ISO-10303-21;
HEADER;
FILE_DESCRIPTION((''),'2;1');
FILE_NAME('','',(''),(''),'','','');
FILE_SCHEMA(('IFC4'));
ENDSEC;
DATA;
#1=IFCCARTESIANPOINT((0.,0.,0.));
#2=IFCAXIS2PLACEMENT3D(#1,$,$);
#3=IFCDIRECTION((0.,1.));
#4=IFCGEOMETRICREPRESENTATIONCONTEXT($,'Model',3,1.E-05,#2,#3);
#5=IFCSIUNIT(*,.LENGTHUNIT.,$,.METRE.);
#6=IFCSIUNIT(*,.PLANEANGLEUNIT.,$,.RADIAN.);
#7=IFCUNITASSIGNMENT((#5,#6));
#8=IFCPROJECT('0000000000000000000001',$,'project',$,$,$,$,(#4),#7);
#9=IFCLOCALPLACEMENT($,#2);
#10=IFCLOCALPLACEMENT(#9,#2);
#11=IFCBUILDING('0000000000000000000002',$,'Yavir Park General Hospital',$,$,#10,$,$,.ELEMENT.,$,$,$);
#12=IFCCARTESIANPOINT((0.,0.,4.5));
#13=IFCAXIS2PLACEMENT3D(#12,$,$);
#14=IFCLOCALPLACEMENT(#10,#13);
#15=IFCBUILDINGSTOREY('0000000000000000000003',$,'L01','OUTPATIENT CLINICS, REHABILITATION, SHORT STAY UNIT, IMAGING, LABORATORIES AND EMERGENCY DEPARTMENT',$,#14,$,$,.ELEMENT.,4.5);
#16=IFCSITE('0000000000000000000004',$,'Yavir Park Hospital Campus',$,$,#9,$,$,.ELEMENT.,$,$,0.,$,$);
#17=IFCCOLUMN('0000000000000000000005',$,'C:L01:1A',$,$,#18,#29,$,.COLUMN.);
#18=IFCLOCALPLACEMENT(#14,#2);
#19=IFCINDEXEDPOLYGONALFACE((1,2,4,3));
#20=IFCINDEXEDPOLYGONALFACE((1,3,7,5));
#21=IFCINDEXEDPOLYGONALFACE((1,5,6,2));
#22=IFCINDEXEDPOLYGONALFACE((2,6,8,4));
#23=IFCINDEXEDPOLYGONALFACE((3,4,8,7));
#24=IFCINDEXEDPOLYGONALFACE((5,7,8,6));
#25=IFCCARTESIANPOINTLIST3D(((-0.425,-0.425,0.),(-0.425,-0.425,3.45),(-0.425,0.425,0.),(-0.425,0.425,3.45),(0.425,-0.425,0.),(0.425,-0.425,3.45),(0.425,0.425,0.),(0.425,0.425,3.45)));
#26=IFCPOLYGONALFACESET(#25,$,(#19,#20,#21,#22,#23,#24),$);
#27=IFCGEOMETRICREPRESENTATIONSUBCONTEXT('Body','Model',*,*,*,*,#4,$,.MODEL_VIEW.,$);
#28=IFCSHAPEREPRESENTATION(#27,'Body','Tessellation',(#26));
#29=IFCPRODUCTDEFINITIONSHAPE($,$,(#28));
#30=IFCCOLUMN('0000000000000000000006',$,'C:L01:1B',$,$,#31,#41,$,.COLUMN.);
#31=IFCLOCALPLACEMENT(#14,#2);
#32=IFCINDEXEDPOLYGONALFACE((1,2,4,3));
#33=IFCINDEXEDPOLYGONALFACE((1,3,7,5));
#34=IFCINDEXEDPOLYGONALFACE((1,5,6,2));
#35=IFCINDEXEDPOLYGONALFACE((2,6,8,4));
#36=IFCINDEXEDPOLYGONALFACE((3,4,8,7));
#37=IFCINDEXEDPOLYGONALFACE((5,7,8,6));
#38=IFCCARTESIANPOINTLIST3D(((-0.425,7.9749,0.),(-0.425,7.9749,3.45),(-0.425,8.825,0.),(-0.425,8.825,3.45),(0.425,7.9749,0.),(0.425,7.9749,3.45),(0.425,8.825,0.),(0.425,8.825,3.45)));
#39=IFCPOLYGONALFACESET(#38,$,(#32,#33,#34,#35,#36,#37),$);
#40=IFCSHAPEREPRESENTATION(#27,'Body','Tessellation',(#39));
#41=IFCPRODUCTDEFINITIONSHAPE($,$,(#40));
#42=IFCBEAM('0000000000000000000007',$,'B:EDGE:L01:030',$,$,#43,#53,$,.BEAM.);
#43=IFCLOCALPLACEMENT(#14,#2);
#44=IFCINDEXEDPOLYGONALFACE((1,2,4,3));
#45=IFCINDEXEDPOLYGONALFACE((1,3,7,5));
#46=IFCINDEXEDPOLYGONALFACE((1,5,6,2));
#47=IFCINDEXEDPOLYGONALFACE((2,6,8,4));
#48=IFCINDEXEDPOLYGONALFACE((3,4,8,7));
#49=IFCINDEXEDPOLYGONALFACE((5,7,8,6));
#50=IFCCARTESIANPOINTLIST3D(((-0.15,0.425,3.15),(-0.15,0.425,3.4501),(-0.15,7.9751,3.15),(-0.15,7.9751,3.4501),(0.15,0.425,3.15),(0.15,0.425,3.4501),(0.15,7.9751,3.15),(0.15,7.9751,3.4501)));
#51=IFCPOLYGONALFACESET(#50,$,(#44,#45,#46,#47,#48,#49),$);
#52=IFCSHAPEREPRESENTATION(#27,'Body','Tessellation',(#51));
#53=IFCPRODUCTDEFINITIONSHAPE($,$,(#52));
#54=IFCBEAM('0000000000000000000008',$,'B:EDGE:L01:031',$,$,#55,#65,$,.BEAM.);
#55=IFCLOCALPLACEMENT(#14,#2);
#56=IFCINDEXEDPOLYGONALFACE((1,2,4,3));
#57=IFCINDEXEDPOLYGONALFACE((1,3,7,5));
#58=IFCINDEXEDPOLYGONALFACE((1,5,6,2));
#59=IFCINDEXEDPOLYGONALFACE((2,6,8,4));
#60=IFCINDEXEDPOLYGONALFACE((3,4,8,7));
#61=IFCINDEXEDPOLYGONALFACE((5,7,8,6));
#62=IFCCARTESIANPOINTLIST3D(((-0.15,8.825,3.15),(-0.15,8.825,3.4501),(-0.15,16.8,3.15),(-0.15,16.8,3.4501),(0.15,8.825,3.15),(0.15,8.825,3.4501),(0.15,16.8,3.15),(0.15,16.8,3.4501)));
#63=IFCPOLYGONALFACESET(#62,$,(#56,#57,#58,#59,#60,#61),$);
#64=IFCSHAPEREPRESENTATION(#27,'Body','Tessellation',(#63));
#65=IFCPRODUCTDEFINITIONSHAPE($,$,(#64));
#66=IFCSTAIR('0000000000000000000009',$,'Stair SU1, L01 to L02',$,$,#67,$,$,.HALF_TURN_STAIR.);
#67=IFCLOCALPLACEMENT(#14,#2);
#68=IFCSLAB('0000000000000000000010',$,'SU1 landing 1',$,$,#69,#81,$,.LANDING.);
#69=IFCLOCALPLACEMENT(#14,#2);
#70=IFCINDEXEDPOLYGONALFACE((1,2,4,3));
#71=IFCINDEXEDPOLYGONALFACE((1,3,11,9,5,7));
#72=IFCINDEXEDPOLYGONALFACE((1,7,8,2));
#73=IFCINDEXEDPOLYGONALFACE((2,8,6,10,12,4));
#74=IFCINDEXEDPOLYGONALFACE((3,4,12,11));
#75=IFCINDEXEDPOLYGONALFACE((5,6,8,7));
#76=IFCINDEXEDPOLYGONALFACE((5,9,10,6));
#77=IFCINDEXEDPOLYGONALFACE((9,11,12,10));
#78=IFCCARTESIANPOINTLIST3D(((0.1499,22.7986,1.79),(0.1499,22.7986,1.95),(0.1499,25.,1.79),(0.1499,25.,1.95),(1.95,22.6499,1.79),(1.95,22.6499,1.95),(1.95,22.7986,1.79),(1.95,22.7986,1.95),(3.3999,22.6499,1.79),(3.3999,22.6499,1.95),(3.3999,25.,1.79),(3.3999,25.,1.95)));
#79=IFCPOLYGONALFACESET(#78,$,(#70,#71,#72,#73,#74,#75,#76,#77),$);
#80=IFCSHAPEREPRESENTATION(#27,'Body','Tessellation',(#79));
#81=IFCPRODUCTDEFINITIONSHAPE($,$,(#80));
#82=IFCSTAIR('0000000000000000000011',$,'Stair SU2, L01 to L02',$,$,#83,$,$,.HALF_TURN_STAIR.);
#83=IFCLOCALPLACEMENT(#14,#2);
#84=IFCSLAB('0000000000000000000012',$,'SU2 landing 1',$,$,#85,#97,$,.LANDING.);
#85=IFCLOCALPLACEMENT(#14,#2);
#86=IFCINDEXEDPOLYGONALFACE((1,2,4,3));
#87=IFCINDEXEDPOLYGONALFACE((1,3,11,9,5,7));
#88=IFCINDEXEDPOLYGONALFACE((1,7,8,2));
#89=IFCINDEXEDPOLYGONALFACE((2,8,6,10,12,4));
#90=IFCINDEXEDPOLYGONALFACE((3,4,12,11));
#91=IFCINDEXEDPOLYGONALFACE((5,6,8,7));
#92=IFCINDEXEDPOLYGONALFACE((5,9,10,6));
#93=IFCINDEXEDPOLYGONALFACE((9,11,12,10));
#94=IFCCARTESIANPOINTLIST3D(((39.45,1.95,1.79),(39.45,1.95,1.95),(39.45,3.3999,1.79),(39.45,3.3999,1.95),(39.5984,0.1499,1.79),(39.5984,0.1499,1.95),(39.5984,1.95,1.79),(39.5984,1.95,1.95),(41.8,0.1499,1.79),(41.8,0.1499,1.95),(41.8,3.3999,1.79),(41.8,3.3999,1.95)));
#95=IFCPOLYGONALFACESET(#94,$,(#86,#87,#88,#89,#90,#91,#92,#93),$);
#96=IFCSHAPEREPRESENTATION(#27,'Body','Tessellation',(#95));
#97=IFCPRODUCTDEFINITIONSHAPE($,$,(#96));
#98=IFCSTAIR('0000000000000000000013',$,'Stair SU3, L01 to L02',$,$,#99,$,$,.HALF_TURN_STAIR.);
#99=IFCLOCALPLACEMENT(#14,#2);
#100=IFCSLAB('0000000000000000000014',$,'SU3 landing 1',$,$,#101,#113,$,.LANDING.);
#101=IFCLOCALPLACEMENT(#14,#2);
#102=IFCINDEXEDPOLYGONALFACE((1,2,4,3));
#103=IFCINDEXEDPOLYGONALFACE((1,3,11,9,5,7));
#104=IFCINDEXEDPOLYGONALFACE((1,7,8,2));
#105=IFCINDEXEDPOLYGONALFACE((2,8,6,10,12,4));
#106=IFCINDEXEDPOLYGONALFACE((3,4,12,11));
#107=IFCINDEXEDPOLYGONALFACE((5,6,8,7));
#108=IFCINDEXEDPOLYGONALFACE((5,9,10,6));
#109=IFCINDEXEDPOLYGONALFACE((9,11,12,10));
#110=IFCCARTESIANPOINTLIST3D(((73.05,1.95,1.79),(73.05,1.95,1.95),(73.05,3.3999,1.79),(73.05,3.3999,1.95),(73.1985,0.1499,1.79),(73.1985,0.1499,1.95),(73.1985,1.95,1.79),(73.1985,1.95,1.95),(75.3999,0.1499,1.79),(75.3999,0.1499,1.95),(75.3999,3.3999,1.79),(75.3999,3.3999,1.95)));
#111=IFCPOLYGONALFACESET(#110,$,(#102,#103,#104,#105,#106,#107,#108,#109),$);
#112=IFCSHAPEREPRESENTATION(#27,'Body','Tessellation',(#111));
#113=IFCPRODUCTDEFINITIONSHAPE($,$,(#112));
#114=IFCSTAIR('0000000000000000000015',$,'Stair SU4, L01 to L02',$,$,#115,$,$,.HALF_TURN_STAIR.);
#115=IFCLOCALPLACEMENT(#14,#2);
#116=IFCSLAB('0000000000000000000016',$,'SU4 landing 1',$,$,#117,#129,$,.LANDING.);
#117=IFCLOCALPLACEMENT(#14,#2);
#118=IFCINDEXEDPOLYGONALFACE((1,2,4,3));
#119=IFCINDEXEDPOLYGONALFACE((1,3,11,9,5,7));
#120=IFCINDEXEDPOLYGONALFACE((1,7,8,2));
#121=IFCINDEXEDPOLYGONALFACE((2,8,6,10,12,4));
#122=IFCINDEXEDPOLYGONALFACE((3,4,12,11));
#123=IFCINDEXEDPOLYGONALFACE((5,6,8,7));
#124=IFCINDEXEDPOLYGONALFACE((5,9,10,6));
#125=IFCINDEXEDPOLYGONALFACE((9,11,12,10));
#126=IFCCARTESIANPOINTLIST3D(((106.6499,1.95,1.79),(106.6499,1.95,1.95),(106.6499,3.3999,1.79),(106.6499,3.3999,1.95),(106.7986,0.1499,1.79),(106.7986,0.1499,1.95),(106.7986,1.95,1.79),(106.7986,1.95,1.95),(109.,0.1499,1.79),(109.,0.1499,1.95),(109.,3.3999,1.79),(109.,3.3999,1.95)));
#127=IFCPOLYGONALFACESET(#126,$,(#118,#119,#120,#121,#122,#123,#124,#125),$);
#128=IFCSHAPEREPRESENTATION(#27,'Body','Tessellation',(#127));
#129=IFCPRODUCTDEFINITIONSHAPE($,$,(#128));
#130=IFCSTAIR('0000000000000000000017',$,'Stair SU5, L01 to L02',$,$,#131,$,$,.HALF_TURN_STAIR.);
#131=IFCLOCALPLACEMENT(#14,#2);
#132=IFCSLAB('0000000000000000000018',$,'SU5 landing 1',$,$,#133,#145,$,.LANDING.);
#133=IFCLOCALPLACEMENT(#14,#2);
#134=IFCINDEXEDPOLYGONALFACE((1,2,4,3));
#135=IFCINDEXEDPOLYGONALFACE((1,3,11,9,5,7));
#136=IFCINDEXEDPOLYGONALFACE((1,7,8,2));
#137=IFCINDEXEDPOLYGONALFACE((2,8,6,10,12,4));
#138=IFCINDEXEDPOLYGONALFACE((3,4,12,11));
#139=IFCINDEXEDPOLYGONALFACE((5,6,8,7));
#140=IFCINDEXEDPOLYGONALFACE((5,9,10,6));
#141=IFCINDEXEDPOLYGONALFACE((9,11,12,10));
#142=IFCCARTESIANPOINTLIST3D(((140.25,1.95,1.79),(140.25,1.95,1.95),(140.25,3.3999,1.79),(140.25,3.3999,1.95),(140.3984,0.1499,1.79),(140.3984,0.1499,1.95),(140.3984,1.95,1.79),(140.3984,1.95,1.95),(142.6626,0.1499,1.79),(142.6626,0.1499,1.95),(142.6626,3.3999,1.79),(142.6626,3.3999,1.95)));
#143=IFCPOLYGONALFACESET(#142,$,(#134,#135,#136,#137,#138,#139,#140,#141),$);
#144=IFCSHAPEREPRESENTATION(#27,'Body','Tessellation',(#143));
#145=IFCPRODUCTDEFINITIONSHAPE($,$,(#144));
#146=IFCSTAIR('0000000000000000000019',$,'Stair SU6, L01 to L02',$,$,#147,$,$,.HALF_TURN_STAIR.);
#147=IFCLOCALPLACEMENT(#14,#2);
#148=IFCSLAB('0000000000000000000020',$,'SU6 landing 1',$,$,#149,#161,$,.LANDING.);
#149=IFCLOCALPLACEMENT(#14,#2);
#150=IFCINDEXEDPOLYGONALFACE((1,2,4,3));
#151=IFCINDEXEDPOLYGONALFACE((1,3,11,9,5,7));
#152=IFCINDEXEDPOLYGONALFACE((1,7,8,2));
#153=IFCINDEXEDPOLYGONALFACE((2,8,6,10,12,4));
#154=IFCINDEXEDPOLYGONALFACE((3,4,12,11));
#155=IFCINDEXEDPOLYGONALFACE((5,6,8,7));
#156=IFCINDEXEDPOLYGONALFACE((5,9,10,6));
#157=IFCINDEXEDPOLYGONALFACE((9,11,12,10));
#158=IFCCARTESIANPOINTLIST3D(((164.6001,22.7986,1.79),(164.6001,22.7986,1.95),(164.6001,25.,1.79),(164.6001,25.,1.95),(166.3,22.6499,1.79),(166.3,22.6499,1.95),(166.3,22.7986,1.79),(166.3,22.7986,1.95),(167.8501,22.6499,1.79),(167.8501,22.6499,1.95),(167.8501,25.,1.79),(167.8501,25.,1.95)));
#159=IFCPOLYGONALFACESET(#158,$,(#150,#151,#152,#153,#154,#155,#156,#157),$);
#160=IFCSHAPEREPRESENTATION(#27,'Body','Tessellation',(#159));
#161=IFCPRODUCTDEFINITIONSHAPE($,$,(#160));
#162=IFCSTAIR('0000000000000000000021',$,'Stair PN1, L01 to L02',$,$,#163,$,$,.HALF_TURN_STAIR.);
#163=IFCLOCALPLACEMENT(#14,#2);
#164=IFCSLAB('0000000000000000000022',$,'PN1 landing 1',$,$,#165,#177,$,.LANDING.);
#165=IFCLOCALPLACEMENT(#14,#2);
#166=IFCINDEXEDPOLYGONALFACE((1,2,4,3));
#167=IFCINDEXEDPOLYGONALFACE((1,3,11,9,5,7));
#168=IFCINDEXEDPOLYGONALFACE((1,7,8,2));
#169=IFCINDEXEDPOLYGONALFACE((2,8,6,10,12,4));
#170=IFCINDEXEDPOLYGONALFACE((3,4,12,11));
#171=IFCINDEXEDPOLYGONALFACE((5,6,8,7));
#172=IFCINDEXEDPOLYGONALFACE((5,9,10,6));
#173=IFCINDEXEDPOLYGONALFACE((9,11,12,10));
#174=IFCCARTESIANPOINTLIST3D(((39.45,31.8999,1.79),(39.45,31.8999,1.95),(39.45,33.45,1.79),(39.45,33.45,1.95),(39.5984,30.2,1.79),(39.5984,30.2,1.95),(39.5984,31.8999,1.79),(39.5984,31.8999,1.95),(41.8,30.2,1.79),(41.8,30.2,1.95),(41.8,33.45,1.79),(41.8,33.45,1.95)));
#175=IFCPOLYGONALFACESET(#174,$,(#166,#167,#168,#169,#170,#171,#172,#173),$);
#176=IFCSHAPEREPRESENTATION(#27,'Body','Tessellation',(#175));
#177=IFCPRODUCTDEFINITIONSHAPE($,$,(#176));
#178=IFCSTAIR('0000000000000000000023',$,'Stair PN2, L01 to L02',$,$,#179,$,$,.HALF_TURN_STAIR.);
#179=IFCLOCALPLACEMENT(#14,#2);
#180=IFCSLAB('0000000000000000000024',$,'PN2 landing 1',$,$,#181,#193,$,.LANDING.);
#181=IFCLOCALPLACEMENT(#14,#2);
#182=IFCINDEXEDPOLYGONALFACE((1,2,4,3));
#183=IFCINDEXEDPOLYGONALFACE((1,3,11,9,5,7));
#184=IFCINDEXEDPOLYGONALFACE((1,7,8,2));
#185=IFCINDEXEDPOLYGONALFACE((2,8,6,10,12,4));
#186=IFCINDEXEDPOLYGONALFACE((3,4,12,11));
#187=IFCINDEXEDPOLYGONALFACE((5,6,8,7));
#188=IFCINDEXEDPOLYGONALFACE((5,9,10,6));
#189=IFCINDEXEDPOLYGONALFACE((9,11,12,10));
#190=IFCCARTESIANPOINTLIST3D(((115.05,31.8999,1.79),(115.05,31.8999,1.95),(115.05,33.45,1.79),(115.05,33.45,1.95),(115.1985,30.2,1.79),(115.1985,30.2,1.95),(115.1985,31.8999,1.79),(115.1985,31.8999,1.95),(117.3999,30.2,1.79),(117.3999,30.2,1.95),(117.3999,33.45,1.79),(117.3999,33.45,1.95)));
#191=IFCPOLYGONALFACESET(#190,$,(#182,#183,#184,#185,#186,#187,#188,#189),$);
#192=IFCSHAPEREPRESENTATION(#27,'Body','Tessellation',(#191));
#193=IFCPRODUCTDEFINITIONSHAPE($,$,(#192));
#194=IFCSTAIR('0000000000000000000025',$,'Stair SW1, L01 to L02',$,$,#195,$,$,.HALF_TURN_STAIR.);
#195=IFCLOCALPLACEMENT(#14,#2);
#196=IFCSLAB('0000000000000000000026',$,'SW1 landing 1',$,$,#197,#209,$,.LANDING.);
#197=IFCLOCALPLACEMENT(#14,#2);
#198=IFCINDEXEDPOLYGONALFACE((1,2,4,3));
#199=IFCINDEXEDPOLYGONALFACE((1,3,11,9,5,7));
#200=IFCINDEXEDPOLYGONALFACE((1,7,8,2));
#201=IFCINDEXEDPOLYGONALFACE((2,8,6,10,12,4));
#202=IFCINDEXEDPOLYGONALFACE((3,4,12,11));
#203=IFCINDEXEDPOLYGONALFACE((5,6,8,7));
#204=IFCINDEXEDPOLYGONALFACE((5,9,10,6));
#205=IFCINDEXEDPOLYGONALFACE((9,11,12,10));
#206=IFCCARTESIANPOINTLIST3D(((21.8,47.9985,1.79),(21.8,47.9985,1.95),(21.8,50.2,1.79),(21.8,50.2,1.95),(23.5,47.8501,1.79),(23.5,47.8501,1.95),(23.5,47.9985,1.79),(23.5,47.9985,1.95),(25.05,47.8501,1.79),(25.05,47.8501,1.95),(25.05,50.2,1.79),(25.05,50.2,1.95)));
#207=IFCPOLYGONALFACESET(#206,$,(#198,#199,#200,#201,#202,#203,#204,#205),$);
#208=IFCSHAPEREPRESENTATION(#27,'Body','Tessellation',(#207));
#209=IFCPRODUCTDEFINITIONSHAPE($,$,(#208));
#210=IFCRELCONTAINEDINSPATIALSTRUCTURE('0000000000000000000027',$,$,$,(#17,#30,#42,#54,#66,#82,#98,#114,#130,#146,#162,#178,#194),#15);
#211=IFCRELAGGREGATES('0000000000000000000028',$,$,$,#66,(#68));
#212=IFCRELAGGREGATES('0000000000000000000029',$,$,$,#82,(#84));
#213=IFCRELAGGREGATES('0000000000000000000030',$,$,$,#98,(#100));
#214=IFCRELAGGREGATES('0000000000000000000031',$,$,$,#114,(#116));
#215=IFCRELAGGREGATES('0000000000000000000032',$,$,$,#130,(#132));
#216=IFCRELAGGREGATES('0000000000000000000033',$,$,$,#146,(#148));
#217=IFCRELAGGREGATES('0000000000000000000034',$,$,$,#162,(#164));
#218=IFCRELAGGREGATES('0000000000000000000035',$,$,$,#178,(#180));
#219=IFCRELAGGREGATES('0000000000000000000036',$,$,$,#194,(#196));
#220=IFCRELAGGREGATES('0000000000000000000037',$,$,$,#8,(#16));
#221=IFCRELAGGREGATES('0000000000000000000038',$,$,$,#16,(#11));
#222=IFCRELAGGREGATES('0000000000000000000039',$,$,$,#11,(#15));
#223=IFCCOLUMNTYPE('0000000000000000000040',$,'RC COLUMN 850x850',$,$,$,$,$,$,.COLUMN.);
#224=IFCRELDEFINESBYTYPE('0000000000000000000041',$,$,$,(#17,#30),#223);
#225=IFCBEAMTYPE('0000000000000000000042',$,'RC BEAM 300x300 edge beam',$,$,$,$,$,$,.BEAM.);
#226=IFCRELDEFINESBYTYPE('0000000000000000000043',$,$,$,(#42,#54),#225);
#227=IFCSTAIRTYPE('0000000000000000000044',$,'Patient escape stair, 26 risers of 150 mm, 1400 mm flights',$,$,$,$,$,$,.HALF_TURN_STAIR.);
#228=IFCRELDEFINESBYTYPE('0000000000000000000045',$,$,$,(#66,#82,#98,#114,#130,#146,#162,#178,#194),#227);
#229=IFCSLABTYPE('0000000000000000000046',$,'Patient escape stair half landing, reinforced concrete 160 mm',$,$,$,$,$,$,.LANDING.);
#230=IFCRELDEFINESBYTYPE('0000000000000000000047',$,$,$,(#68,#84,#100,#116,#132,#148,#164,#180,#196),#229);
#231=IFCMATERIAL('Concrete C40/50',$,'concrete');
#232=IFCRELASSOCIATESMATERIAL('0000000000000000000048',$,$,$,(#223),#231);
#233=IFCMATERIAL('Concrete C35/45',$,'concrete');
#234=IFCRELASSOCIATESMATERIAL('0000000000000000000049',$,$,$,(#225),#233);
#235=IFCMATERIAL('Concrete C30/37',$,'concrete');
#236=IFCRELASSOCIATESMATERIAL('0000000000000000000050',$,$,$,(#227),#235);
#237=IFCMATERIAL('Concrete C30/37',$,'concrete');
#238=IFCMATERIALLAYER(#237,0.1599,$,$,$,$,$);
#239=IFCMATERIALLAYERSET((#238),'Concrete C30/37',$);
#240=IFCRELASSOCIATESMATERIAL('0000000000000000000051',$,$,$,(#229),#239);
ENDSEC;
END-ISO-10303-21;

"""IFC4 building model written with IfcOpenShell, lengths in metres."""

from ifc_helpers import new_model, si_unit, direction, frame, origin, origin_2d, place, context, subcontext, project, spatial, polyline, rectangle, outline, extrude, material, layer, layer_set, material_profile, profile_set, type_object, element, aggregate, save


model = new_model("IFC4")

# Units and contexts
model_context = context("Model", 3, precision=1e-05, world=origin(), true_north=direction((0.0, 1.0)))
body_context = subcontext(model_context, "Body", "Model", "MODEL_VIEW")
ifc_project = project(units=[si_unit("LENGTHUNIT", "METRE"), si_unit("PLANEANGLEUNIT", "RADIAN")], contexts=[model_context])

# Site, building, storey
site_placement = place(None, origin())
site = spatial("IfcSite", under=ifc_project, at=site_placement, Name="Yavir Park Hospital Campus", CompositionType="ELEMENT", RefElevation=0.0)
building_placement = place(site_placement, origin())
building = spatial("IfcBuilding", under=site, at=building_placement, Name="Yavir Park General Hospital", CompositionType="ELEMENT")
storey_placement = place(building_placement, frame((0.0, 0.0, 4.5)))
storey = spatial("IfcBuildingStorey", under=building, at=storey_placement, Name="L01", Description="OUTPATIENT CLINICS, REHABILITATION, SHORT STAY UNIT, IMAGING, LABORATORIES AND EMERGENCY DEPARTMENT", CompositionType="ELEMENT", Elevation=4.5)

# Columns
ifc_material_1 = material(Name="Concrete C40/50", Category="concrete")
ifc_material_profile_1 = material_profile(ifc_material_1, rectangle(XDim=0.8501, YDim=0.8501, at=origin_2d()), Name="RC850x850")
ifc_profile_set_1 = profile_set([ifc_material_profile_1], Name="Concrete C40/50")
column_type = type_object("IfcColumnType", Name="RC COLUMN 850x850", PredefinedType="COLUMN", material=ifc_profile_set_1)
for number, where, z_axis, x_axis, name in (
    (1, (0.0, 0.0, 0.0), (0.0, 0.0, 1.0), (1.0, 0.0, 0.0), "C:L01:1A"),
    (2, (0.0, 8.3999, 0.0), (0.0, 0.0, 1.0), (1.0, 0.0, 0.0), "C:L01:1B"),
):
    element("IfcColumn", number, at=place(storey_placement, frame(where, z_axis=z_axis, x_axis=x_axis)), inside=storey, type_object=column_type, Name=name, PredefinedType="COLUMN", context=body_context, shape_type="SweptSolid", body=[
        extrude(rectangle(XDim=0.8501, YDim=0.8501, at=origin_2d()), origin(), (0.0, 0.0, 1.0), 3.45),
    ])

# Beams
ifc_material_2 = material(Name="Concrete C35/45", Category="concrete")
ifc_material_profile_2 = material_profile(ifc_material_2, rectangle(XDim=0.3, YDim=0.3, at=origin_2d()), Name="RC300x300")
ifc_profile_set_2 = profile_set([ifc_material_profile_2], Name="Concrete C35/45")
beam_type = type_object("IfcBeamType", Name="RC BEAM 300x300 edge beam", PredefinedType="BEAM", material=ifc_profile_set_2)
beam_1_placement = place(storey_placement, frame((0.0, 0.425, 3.3), z_axis=(0.0, 1.0, 0.0), x_axis=(-1.0, 0.0, 0.0)))
element("IfcBeam", 3, at=beam_1_placement, inside=storey, type_object=beam_type, Name="B:EDGE:L01:030", PredefinedType="BEAM", context=body_context, shape_type="SweptSolid", body=[
    extrude(rectangle(XDim=0.3, YDim=0.3, at=origin_2d()), origin(), (0.0, 0.0, 1.0), 7.55),
])
beam_2_placement = place(storey_placement, frame((0.0, 8.825, 3.3), z_axis=(0.0, 1.0, 0.0), x_axis=(-1.0, 0.0, 0.0)))
element("IfcBeam", 4, at=beam_2_placement, inside=storey, type_object=beam_type, Name="B:EDGE:L01:031", PredefinedType="BEAM", context=body_context, shape_type="SweptSolid", body=[
    extrude(rectangle(XDim=0.3, YDim=0.3, at=origin_2d()), origin(), (0.0, 0.0, 1.0), 7.9751),
])

# Stairs, slabs
ifc_material_3 = material(Name="Concrete C30/37", Category="concrete")
stair_type = type_object("IfcStairType", Name="Patient escape stair, 26 risers of 150 mm, 1400 mm flights", PredefinedType="HALF_TURN_STAIR", material=ifc_material_3)
stair_1_placement = place(storey_placement, origin())
stair_1 = element("IfcStair", 5, at=stair_1_placement, inside=storey, type_object=stair_type, Name="Stair SU1, L01 to L02", PredefinedType="HALF_TURN_STAIR")
ifc_material_4 = material(Name="Concrete C30/37", Category="concrete")
ifc_layer_1 = layer(ifc_material_4, 0.1599)
ifc_layer_set_1 = layer_set([ifc_layer_1], Name="Concrete C30/37")
slab_type_1 = type_object("IfcSlabType", Name="Patient escape stair half landing, reinforced concrete 160 mm", PredefinedType="LANDING", material=ifc_layer_set_1)
slab_1_placement = place(storey_placement, frame((0.0, 0.0, 1.79)))
slab_1 = element("IfcSlab", 6, at=slab_1_placement, type_object=slab_type_1, Name="SU1 landing 1", PredefinedType="LANDING", context=body_context, shape_type="SweptSolid", body=[
    extrude(outline(polyline([(0.1499, 22.7986), (0.1499, 25.0), (3.3999, 25.0), (3.3999, 22.6499), (1.95, 22.6499), (1.95, 22.7986), (0.1499, 22.7986)])), origin(), (0.0, 0.0, 1.0), 0.1599),
])
aggregate(stair_1, [slab_1])
stair_2_placement = place(storey_placement, origin())
stair_2 = element("IfcStair", 7, at=stair_2_placement, inside=storey, type_object=stair_type, Name="Stair SU2, L01 to L02", PredefinedType="HALF_TURN_STAIR")
slab_2_placement = place(storey_placement, frame((0.0, 0.0, 1.79)))
slab_2 = element("IfcSlab", 8, at=slab_2_placement, type_object=slab_type_1, Name="SU2 landing 1", PredefinedType="LANDING", context=body_context, shape_type="SweptSolid", body=[
    extrude(outline(polyline([(39.5984, 0.1499), (41.8, 0.1499), (41.8, 3.3999), (39.45, 3.3999), (39.45, 1.95), (39.5984, 1.95), (39.5984, 0.1499)])), origin(), (0.0, 0.0, 1.0), 0.1599),
])
aggregate(stair_2, [slab_2])
stair_3_placement = place(storey_placement, origin())
stair_3 = element("IfcStair", 9, at=stair_3_placement, inside=storey, type_object=stair_type, Name="Stair SU3, L01 to L02", PredefinedType="HALF_TURN_STAIR")
slab_3_placement = place(storey_placement, frame((0.0, 0.0, 1.79)))
slab_3 = element("IfcSlab", 10, at=slab_3_placement, type_object=slab_type_1, Name="SU3 landing 1", PredefinedType="LANDING", context=body_context, shape_type="SweptSolid", body=[
    extrude(outline(polyline([(73.1985, 0.1499), (75.3999, 0.1499), (75.3999, 3.3999), (73.05, 3.3999), (73.05, 1.95), (73.1985, 1.95), (73.1985, 0.1499)])), origin(), (0.0, 0.0, 1.0), 0.1599),
])
aggregate(stair_3, [slab_3])
stair_4_placement = place(storey_placement, origin())
stair_4 = element("IfcStair", 11, at=stair_4_placement, inside=storey, type_object=stair_type, Name="Stair SU4, L01 to L02", PredefinedType="HALF_TURN_STAIR")
slab_4_placement = place(storey_placement, frame((0.0, 0.0, 1.79)))
slab_4 = element("IfcSlab", 12, at=slab_4_placement, type_object=slab_type_1, Name="SU4 landing 1", PredefinedType="LANDING", context=body_context, shape_type="SweptSolid", body=[
    extrude(outline(polyline([(106.7986, 0.1499), (109.0, 0.1499), (109.0, 3.3999), (106.6499, 3.3999), (106.6499, 1.95), (106.7986, 1.95), (106.7986, 0.1499)])), origin(), (0.0, 0.0, 1.0), 0.1599),
])
aggregate(stair_4, [slab_4])
stair_5_placement = place(storey_placement, origin())
stair_5 = element("IfcStair", 13, at=stair_5_placement, inside=storey, type_object=stair_type, Name="Stair SU5, L01 to L02", PredefinedType="HALF_TURN_STAIR")
slab_5_placement = place(storey_placement, frame((0.0, 0.0, 1.79)))
slab_5 = element("IfcSlab", 14, at=slab_5_placement, type_object=slab_type_1, Name="SU5 landing 1", PredefinedType="LANDING", context=body_context, shape_type="SweptSolid", body=[
    extrude(outline(polyline([(140.3984, 0.1499), (142.6626, 0.1499), (142.6626, 3.3999), (140.25, 3.3999), (140.25, 1.95), (140.3984, 1.95), (140.3984, 0.1499)])), origin(), (0.0, 0.0, 1.0), 0.1599),
])
aggregate(stair_5, [slab_5])
stair_6_placement = place(storey_placement, origin())
stair_6 = element("IfcStair", 15, at=stair_6_placement, inside=storey, type_object=stair_type, Name="Stair SU6, L01 to L02", PredefinedType="HALF_TURN_STAIR")
slab_6_placement = place(storey_placement, frame((0.0, 0.0, 1.79)))
slab_6 = element("IfcSlab", 16, at=slab_6_placement, type_object=slab_type_1, Name="SU6 landing 1", PredefinedType="LANDING", context=body_context, shape_type="SweptSolid", body=[
    extrude(outline(polyline([(164.6001, 22.7986), (164.6001, 25.0), (167.8501, 25.0), (167.8501, 22.6499), (166.3, 22.6499), (166.3, 22.7986), (164.6001, 22.7986)])), origin(), (0.0, 0.0, 1.0), 0.1599),
])
aggregate(stair_6, [slab_6])
stair_7_placement = place(storey_placement, origin())
stair_7 = element("IfcStair", 17, at=stair_7_placement, inside=storey, type_object=stair_type, Name="Stair PN1, L01 to L02", PredefinedType="HALF_TURN_STAIR")
slab_7_placement = place(storey_placement, frame((0.0, 0.0, 1.79)))
slab_7 = element("IfcSlab", 18, at=slab_7_placement, type_object=slab_type_1, Name="PN1 landing 1", PredefinedType="LANDING", context=body_context, shape_type="SweptSolid", body=[
    extrude(outline(polyline([(39.5984, 30.2), (41.8, 30.2), (41.8, 33.45), (39.45, 33.45), (39.45, 31.8999), (39.5984, 31.8999), (39.5984, 30.2)])), origin(), (0.0, 0.0, 1.0), 0.1599),
])
aggregate(stair_7, [slab_7])
stair_8_placement = place(storey_placement, origin())
stair_8 = element("IfcStair", 19, at=stair_8_placement, inside=storey, type_object=stair_type, Name="Stair PN2, L01 to L02", PredefinedType="HALF_TURN_STAIR")
slab_8_placement = place(storey_placement, frame((0.0, 0.0, 1.79)))
slab_8 = element("IfcSlab", 20, at=slab_8_placement, type_object=slab_type_1, Name="PN2 landing 1", PredefinedType="LANDING", context=body_context, shape_type="SweptSolid", body=[
    extrude(outline(polyline([(115.1985, 30.2), (117.3999, 30.2), (117.3999, 33.45), (115.05, 33.45), (115.05, 31.8999), (115.1985, 31.8999), (115.1985, 30.2)])), origin(), (0.0, 0.0, 1.0), 0.1599),
])
aggregate(stair_8, [slab_8])
stair_9_placement = place(storey_placement, origin())
stair_9 = element("IfcStair", 21, at=stair_9_placement, inside=storey, type_object=stair_type, Name="Stair SW1, L01 to L02", PredefinedType="HALF_TURN_STAIR")
slab_9_placement = place(storey_placement, frame((0.0, 0.0, 1.79)))
slab_9 = element("IfcSlab", 22, at=slab_9_placement, type_object=slab_type_1, Name="SW1 landing 1", PredefinedType="LANDING", context=body_context, shape_type="SweptSolid", body=[
    extrude(outline(polyline([(21.8, 47.9985), (21.8, 50.2), (25.05, 50.2), (25.05, 47.8501), (23.5, 47.8501), (23.5, 47.9985), (21.8, 47.9985)])), origin(), (0.0, 0.0, 1.0), 0.1599),
])
aggregate(stair_9, [slab_9])

save(model, "model.ifc")
